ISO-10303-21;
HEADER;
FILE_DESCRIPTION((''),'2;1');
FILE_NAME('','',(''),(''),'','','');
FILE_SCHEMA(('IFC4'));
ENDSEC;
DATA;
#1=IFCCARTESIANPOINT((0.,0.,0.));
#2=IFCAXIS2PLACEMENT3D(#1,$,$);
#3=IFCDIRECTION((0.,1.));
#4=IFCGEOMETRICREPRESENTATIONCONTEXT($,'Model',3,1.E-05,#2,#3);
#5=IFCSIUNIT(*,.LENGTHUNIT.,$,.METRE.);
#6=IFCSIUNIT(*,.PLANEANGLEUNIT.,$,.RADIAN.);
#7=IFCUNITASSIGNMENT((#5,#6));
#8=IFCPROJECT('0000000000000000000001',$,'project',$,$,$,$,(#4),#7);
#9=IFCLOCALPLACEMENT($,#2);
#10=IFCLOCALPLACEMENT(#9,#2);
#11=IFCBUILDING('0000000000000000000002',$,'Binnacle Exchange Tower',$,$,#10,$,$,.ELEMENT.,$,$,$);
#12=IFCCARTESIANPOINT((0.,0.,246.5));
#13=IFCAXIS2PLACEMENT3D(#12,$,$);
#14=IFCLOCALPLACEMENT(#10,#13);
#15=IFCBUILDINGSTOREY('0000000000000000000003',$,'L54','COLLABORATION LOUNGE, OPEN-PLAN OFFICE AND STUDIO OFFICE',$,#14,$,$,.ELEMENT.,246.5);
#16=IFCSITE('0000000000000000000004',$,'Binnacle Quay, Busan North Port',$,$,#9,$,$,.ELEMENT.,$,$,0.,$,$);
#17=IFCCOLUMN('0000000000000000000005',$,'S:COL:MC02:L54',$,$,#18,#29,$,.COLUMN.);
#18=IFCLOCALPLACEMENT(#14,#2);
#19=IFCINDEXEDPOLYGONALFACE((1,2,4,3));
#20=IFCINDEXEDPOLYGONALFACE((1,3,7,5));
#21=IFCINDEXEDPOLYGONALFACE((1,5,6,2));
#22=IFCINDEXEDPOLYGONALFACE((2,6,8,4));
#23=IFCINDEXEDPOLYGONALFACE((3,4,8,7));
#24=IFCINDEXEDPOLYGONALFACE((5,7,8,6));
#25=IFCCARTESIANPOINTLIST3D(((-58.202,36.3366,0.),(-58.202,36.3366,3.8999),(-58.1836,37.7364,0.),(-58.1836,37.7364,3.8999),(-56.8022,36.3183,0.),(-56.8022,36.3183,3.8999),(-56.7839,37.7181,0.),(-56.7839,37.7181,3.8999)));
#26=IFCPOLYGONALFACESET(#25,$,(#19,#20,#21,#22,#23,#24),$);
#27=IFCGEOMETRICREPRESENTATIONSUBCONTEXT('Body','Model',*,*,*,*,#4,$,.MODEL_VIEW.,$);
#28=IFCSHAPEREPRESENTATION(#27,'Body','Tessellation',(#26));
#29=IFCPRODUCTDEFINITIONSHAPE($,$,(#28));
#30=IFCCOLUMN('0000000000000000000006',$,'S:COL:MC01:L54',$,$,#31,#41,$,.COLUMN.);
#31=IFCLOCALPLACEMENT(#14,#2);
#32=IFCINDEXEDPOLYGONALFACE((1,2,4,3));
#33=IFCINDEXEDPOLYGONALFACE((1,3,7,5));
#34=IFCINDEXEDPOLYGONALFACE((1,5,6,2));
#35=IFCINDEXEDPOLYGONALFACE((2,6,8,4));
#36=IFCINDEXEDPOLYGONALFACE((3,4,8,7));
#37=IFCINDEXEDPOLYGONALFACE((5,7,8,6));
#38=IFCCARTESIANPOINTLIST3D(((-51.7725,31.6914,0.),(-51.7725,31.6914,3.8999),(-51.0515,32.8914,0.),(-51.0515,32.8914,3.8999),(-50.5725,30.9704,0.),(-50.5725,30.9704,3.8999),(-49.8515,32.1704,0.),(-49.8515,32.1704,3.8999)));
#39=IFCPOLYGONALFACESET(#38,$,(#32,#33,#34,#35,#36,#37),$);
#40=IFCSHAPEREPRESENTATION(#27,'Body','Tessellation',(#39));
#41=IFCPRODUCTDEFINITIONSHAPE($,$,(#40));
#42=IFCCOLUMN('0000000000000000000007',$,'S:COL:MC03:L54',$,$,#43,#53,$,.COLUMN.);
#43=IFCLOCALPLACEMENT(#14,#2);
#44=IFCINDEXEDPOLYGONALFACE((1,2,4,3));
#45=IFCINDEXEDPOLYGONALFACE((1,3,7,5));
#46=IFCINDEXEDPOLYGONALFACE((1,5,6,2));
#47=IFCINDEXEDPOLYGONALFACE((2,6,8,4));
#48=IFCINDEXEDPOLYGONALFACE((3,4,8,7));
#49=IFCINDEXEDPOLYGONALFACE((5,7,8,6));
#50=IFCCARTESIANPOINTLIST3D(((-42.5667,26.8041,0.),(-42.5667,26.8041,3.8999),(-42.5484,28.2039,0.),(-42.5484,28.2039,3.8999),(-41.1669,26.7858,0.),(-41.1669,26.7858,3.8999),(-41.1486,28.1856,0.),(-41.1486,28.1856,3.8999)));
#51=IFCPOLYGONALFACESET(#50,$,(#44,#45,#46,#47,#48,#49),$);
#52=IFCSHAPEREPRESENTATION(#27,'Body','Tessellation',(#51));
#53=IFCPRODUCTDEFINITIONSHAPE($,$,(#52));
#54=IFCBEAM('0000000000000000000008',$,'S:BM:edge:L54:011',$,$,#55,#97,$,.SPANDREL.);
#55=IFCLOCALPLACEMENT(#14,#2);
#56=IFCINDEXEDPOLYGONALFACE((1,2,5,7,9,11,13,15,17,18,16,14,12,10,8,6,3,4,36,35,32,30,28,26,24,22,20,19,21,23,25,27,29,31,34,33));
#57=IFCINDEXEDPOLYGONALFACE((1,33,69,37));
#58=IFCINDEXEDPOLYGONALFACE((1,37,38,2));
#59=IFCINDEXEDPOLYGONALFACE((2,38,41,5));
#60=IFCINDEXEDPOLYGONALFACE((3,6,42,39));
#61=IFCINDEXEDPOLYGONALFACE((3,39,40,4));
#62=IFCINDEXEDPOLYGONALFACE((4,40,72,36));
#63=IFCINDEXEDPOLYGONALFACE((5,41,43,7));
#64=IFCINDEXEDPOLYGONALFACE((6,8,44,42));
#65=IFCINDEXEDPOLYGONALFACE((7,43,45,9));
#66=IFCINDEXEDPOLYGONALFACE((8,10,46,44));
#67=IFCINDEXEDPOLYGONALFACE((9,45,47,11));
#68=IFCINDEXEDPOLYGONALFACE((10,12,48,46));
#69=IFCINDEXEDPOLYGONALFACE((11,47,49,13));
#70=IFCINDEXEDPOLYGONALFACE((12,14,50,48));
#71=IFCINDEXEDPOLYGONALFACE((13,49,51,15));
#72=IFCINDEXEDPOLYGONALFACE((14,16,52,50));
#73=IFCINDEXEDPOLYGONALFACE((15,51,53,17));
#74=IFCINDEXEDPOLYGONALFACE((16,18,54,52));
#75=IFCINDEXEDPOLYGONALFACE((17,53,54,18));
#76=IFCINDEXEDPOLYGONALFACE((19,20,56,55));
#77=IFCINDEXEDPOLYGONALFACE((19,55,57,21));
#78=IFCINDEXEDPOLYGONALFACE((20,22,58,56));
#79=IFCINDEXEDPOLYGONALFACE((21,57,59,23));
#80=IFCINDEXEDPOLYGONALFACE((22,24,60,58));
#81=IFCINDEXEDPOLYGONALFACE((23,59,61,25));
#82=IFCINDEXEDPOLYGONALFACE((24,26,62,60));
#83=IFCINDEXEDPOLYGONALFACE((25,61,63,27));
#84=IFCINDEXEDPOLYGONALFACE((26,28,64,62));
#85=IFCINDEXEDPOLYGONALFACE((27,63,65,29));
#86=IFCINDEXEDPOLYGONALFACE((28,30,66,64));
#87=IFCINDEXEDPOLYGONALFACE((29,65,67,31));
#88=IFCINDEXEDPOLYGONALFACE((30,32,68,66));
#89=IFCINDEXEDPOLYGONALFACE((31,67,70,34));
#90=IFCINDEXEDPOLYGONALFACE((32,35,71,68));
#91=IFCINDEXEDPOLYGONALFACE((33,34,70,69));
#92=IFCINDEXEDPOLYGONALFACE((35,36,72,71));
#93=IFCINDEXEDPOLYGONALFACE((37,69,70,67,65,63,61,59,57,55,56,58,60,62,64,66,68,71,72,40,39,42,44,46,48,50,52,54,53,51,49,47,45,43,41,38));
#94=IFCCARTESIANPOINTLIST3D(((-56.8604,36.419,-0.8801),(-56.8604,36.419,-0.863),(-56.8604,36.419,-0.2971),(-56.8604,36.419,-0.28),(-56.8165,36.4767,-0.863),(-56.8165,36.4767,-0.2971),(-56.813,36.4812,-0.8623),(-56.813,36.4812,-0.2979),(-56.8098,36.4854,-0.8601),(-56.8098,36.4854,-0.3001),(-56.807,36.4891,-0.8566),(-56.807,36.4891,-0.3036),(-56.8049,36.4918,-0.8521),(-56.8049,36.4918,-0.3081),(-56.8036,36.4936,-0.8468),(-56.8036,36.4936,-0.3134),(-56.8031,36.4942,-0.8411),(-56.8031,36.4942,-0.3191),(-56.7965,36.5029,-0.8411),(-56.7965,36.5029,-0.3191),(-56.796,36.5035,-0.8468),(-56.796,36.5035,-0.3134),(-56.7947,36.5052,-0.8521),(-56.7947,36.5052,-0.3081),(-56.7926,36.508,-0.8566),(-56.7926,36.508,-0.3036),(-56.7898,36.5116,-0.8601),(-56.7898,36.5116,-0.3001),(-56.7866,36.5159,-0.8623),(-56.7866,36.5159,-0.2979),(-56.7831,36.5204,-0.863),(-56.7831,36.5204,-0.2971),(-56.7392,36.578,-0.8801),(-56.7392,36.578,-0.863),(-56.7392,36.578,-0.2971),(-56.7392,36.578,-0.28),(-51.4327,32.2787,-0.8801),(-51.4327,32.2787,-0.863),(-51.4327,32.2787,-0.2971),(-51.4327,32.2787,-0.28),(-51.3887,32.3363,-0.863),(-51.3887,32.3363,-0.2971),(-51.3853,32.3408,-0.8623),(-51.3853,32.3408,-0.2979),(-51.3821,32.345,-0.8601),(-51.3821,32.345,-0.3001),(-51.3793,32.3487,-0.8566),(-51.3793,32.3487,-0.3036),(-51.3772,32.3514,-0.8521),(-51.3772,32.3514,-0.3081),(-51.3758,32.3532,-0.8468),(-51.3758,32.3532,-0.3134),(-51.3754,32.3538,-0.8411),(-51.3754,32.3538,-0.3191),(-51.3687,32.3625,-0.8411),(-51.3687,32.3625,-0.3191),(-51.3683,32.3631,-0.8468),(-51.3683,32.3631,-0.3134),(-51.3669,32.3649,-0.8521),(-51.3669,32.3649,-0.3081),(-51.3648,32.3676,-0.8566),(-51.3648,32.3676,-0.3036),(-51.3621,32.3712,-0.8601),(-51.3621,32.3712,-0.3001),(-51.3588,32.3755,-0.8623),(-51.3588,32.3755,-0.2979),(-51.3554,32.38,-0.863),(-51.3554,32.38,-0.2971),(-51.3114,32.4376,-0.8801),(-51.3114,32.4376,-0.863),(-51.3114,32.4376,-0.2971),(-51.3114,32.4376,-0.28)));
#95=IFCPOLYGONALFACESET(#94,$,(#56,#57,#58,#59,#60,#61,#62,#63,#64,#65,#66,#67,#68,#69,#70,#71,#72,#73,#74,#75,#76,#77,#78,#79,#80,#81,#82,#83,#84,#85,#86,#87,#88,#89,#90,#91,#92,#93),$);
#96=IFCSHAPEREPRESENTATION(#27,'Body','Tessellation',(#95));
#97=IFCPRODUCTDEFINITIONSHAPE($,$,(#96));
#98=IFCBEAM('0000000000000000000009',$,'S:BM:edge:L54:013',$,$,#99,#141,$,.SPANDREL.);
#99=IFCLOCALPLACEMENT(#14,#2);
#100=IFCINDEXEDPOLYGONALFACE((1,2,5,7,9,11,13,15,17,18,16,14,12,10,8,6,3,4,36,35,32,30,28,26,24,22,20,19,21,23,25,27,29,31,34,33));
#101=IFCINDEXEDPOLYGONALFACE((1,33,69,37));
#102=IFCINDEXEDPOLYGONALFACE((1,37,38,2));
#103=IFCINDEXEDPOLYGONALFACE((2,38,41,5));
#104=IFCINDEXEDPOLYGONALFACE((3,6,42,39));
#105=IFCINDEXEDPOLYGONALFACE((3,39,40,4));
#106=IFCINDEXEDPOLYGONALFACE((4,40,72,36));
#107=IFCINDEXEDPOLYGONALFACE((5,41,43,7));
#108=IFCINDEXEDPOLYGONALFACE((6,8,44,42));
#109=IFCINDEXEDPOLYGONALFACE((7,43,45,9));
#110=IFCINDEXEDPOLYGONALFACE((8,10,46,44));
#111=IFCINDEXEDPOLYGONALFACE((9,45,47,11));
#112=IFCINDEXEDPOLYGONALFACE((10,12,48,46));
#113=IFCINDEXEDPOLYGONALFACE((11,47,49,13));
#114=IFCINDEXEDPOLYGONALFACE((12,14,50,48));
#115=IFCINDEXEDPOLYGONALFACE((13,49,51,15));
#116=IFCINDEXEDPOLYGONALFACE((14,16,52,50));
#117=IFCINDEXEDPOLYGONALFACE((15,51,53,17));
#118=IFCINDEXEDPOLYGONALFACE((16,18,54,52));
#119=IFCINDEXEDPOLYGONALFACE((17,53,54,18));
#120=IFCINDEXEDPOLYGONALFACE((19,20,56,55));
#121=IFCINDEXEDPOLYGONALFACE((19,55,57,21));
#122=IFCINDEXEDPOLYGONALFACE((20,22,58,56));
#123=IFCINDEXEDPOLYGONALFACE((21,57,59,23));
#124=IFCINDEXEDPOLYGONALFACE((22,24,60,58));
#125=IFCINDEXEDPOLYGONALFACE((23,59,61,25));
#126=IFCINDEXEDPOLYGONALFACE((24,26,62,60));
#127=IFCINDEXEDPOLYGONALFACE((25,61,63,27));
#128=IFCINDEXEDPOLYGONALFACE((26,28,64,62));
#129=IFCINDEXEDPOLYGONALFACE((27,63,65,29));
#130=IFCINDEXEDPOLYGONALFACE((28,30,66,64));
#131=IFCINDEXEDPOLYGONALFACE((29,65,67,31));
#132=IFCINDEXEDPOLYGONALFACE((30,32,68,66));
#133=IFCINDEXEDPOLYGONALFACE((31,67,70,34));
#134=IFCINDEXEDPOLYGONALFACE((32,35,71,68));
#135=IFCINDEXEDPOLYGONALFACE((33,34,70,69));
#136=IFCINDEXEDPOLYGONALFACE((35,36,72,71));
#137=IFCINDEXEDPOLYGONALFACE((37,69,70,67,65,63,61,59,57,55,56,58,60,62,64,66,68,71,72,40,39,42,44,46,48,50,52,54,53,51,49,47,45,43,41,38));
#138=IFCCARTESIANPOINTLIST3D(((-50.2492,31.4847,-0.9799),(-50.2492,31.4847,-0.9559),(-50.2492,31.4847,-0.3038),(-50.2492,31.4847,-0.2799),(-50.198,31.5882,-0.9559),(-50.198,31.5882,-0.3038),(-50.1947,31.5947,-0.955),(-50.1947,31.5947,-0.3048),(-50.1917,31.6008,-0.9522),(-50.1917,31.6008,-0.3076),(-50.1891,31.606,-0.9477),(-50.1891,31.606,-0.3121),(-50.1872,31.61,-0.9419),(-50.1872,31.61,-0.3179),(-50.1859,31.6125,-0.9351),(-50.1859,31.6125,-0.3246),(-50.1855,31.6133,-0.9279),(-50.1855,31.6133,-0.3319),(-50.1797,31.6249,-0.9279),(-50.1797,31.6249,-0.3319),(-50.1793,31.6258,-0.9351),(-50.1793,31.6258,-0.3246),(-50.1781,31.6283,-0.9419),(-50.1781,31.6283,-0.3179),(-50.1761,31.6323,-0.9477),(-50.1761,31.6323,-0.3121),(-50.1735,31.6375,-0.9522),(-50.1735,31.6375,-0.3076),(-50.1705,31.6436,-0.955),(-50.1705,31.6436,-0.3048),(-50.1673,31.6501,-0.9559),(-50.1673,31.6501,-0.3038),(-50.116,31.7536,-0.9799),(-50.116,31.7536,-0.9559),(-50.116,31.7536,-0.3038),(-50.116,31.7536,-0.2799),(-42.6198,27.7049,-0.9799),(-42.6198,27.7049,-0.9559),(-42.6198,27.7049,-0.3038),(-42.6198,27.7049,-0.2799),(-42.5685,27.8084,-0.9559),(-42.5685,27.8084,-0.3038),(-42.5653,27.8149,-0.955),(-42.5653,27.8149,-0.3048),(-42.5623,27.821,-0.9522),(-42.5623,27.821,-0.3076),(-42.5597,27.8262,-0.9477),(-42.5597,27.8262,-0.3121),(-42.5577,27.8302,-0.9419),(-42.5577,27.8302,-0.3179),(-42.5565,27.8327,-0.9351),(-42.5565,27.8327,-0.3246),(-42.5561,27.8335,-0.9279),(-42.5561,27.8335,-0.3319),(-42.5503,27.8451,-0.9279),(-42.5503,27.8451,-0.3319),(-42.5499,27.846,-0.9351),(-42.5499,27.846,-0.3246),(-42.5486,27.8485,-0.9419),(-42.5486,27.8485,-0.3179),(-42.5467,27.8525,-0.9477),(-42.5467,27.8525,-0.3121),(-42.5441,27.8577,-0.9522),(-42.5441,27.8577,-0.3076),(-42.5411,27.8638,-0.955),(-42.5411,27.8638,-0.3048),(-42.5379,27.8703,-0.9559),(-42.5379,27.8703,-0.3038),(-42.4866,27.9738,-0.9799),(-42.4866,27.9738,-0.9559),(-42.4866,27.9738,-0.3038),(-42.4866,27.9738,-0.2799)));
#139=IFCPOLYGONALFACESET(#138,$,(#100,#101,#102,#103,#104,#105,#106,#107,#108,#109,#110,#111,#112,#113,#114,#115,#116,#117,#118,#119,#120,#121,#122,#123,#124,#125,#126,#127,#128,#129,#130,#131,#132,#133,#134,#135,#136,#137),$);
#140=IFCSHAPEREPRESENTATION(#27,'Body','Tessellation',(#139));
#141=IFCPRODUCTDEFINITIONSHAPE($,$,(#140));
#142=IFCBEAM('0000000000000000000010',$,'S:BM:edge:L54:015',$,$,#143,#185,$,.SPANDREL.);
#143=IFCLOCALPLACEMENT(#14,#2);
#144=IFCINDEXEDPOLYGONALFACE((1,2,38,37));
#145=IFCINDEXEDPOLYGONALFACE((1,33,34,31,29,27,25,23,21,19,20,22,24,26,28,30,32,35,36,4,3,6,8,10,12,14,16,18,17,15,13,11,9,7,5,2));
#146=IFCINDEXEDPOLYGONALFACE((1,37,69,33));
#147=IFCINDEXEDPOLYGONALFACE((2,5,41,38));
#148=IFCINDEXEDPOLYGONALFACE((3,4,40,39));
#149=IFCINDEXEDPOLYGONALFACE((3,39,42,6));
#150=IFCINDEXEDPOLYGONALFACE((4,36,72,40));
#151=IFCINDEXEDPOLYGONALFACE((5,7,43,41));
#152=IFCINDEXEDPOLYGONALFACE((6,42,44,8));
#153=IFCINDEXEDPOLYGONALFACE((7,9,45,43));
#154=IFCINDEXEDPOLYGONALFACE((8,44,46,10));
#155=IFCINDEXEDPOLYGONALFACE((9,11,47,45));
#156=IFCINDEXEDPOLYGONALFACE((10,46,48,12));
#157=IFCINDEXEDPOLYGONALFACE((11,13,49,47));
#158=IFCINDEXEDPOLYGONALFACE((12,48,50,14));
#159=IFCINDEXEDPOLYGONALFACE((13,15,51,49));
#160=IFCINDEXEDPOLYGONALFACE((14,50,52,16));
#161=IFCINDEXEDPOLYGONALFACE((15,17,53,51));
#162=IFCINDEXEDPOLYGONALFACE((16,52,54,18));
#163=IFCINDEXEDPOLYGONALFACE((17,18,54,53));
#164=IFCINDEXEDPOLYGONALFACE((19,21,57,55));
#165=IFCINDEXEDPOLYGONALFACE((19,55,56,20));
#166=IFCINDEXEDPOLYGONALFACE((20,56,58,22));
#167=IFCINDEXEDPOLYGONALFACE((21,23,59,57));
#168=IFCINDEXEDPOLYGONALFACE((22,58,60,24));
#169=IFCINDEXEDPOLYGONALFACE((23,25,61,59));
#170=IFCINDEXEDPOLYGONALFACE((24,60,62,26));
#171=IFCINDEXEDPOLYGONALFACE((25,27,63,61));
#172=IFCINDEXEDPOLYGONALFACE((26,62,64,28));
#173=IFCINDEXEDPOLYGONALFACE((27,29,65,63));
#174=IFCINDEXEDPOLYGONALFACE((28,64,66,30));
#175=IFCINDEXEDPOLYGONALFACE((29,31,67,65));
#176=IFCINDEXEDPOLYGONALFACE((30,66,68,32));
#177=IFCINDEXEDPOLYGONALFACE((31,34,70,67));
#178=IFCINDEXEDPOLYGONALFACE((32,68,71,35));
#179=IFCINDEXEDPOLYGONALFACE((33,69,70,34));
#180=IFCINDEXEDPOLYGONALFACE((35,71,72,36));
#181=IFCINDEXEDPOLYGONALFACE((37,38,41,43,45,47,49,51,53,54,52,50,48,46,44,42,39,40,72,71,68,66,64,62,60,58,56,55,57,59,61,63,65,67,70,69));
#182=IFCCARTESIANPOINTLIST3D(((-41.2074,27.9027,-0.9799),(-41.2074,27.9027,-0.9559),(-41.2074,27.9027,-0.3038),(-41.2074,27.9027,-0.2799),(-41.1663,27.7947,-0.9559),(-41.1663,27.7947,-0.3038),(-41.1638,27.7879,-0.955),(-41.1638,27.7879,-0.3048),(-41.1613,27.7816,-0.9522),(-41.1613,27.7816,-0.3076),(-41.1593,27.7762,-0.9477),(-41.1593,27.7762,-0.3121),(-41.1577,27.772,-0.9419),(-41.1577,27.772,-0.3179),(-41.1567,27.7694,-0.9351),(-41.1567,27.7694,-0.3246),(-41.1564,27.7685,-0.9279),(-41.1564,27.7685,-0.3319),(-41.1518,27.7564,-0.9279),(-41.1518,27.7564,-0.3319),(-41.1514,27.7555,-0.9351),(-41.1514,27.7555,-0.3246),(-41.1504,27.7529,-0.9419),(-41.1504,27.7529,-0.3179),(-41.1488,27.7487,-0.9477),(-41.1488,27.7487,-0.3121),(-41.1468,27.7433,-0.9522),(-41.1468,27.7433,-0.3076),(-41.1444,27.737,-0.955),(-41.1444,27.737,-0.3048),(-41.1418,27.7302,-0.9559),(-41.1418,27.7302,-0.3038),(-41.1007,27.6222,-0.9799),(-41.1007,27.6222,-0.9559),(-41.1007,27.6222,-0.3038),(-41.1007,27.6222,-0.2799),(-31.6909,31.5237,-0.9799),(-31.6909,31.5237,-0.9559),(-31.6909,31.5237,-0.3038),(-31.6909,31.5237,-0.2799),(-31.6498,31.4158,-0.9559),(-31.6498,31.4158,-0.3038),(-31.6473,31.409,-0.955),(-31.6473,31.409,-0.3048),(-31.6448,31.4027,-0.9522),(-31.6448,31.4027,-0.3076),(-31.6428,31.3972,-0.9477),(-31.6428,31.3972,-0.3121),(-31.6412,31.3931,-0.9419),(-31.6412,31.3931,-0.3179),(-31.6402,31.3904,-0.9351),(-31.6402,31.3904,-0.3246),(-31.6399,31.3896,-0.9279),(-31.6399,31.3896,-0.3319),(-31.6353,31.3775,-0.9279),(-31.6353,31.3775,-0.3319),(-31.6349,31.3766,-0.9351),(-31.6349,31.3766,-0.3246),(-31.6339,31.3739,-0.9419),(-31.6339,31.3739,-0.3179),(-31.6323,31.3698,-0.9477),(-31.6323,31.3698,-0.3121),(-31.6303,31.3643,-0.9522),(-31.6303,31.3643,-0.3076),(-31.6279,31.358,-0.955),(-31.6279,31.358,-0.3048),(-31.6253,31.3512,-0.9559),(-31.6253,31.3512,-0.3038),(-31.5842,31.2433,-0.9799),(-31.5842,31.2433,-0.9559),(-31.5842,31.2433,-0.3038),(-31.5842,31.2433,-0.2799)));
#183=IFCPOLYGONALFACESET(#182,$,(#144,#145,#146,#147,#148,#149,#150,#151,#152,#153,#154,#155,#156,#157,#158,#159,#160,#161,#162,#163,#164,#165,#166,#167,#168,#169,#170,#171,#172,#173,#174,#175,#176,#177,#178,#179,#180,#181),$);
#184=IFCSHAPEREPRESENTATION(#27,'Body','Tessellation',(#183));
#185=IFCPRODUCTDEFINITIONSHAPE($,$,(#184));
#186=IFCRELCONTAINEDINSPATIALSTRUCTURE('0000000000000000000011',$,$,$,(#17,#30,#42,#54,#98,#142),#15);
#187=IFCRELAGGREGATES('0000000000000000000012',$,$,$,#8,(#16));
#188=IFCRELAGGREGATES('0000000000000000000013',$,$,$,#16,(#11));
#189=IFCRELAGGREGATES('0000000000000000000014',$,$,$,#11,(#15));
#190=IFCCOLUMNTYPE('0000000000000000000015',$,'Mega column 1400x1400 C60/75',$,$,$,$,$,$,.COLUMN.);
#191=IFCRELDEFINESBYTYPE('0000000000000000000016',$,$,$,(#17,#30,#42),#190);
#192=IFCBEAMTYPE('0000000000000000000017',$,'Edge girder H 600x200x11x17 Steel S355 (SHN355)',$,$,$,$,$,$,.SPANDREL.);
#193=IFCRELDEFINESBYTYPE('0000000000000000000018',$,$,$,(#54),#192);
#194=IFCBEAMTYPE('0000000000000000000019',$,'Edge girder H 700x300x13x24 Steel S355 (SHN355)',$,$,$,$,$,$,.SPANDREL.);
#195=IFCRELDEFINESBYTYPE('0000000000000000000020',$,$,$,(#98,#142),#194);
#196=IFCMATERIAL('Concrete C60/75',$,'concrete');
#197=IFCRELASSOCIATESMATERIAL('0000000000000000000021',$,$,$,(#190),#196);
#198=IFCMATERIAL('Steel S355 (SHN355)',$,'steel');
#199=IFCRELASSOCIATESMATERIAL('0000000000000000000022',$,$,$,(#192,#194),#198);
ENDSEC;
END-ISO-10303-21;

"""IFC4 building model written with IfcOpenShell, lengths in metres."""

from ifc_helpers import new_model, si_unit, direction, frame, origin, origin_2d, place, context, subcontext, project, spatial, rectangle, i_section, extrude, material, material_profile, profile_set, type_object, element, save


model = new_model("IFC4")

# Units and contexts
model_context = context("Model", 3, precision=1e-05, world=origin(), true_north=direction((0.0, 1.0)))
body_context = subcontext(model_context, "Body", "Model", "MODEL_VIEW")
ifc_project = project(units=[si_unit("LENGTHUNIT", "METRE"), si_unit("PLANEANGLEUNIT", "RADIAN")], contexts=[model_context])

# Site, building, storey
site_placement = place(None, origin())
site = spatial("IfcSite", under=ifc_project, at=site_placement, Name="Binnacle Quay, Busan North Port", CompositionType="ELEMENT", RefElevation=0.0)
building_placement = place(site_placement, origin())
building = spatial("IfcBuilding", under=site, at=building_placement, Name="Binnacle Exchange Tower", CompositionType="ELEMENT")
storey_placement = place(building_placement, frame((0.0, 0.0, 246.5)))
storey = spatial("IfcBuildingStorey", under=building, at=storey_placement, Name="L54", Description="COLLABORATION LOUNGE, OPEN-PLAN OFFICE AND STUDIO OFFICE", CompositionType="ELEMENT", Elevation=246.5)

# Columns
ifc_material_1 = material(Name="Concrete C60/75", Category="concrete")
ifc_material_profile_1 = material_profile(ifc_material_1, rectangle(XDim=1.3999, YDim=1.3999, at=origin_2d()), Name="Mega column 1400x1400 C60/75")
ifc_profile_set_1 = profile_set([ifc_material_profile_1], Name="Concrete C60/75")
column_type = type_object("IfcColumnType", Name="Mega column 1400x1400 C60/75", PredefinedType="COLUMN", material=ifc_profile_set_1)
for number, where, z_axis, x_axis, name in (
    (1, (-57.4929, 37.0273, 0.0), (0.0, 0.0, 1.0), (-0.01309, -0.999914, 0.0), "S:COL:MC02:L54"),
    (2, (-50.812, 31.9309, 0.0), (0.0, 0.0, 1.0), (0.857167, -0.515038, 0.0), "S:COL:MC01:L54"),
    (3, (-41.8577, 27.4949, 0.0), (0.0, 0.0, 1.0), (0.999914, -0.01309, 0.0), "S:COL:MC03:L54"),
):
    element("IfcColumn", number, at=place(storey_placement, frame(where, z_axis=z_axis, x_axis=x_axis)), inside=storey, type_object=column_type, Name=name, PredefinedType="COLUMN", context=body_context, shape_type="SweptSolid", body=[
        extrude(rectangle(XDim=1.3999, YDim=1.3999, at=origin_2d()), origin(), (0.0, 0.0, 1.0), 3.8999),
    ])

# Beams
ifc_material_2 = material(Name="Steel S355 (SHN355)", Category="steel")
ifc_material_profile_2 = material_profile(ifc_material_2, i_section(OverallWidth=0.2, OverallDepth=0.6001, WebThickness=0.011, FlangeThickness=0.0171, FilletRadius=0.022, at=origin_2d()), Name="H 600x200x11x17")
ifc_profile_set_2 = profile_set([ifc_material_profile_2], Name="Steel S355 (SHN355)")
beam_type_1 = type_object("IfcBeamType", Name="Edge girder H 600x200x11x17 Steel S355 (SHN355)", PredefinedType="SPANDREL", material=ifc_profile_set_2)
beam_1_placement = place(storey_placement, frame((-56.7998, 36.4985, -0.5801), z_axis=(0.795081, -0.606503, 0.0), x_axis=(0.606503, 0.795081, 0.0)))
element("IfcBeam", 4, at=beam_1_placement, inside=storey, type_object=beam_type_1, Name="S:BM:edge:L54:011", PredefinedType="SPANDREL", context=body_context, shape_type="SweptSolid", body=[
    extrude(i_section(OverallWidth=0.2, OverallDepth=0.6001, WebThickness=0.011, FlangeThickness=0.0171, FilletRadius=0.022, at=origin_2d()), origin(), (0.0, 0.0, 1.0), 6.8267),
])
ifc_material_profile_3 = material_profile(ifc_material_2, i_section(OverallWidth=0.3, OverallDepth=0.7, WebThickness=0.0129, FlangeThickness=0.0239, FilletRadius=0.0281, at=origin_2d()), Name="H 700x300x13x24")
ifc_profile_set_3 = profile_set([ifc_material_profile_3], Name="Steel S355 (SHN355)")
beam_type_2 = type_object("IfcBeamType", Name="Edge girder H 700x300x13x24 Steel S355 (SHN355)", PredefinedType="SPANDREL", material=ifc_profile_set_3)
beam_2_placement = place(storey_placement, frame((-50.1826, 31.6191, -0.6299), z_axis=(0.896061, -0.44393, 0.0), x_axis=(0.44393, 0.896061, 0.0)))
element("IfcBeam", 5, at=beam_2_placement, inside=storey, type_object=beam_type_2, Name="S:BM:edge:L54:013", PredefinedType="SPANDREL", context=body_context, shape_type="SweptSolid", body=[
    extrude(i_section(OverallWidth=0.3, OverallDepth=0.7, WebThickness=0.0129, FlangeThickness=0.0239, FilletRadius=0.0281, at=origin_2d()), origin(), (0.0, 0.0, 1.0), 8.5144),
])
beam_3_placement = place(storey_placement, frame((-41.1541, 27.7625, -0.6299), z_axis=(0.934627, 0.355628, 0.0), x_axis=(-0.355628, 0.934627, 0.0)))
element("IfcBeam", 6, at=beam_3_placement, inside=storey, type_object=beam_type_2, Name="S:BM:edge:L54:015", PredefinedType="SPANDREL", context=body_context, shape_type="SweptSolid", body=[
    extrude(i_section(OverallWidth=0.3, OverallDepth=0.7, WebThickness=0.0129, FlangeThickness=0.0239, FilletRadius=0.0281, at=origin_2d()), origin(), (0.0, 0.0, 1.0), 10.1821),
])

save(model, "model.ifc")
